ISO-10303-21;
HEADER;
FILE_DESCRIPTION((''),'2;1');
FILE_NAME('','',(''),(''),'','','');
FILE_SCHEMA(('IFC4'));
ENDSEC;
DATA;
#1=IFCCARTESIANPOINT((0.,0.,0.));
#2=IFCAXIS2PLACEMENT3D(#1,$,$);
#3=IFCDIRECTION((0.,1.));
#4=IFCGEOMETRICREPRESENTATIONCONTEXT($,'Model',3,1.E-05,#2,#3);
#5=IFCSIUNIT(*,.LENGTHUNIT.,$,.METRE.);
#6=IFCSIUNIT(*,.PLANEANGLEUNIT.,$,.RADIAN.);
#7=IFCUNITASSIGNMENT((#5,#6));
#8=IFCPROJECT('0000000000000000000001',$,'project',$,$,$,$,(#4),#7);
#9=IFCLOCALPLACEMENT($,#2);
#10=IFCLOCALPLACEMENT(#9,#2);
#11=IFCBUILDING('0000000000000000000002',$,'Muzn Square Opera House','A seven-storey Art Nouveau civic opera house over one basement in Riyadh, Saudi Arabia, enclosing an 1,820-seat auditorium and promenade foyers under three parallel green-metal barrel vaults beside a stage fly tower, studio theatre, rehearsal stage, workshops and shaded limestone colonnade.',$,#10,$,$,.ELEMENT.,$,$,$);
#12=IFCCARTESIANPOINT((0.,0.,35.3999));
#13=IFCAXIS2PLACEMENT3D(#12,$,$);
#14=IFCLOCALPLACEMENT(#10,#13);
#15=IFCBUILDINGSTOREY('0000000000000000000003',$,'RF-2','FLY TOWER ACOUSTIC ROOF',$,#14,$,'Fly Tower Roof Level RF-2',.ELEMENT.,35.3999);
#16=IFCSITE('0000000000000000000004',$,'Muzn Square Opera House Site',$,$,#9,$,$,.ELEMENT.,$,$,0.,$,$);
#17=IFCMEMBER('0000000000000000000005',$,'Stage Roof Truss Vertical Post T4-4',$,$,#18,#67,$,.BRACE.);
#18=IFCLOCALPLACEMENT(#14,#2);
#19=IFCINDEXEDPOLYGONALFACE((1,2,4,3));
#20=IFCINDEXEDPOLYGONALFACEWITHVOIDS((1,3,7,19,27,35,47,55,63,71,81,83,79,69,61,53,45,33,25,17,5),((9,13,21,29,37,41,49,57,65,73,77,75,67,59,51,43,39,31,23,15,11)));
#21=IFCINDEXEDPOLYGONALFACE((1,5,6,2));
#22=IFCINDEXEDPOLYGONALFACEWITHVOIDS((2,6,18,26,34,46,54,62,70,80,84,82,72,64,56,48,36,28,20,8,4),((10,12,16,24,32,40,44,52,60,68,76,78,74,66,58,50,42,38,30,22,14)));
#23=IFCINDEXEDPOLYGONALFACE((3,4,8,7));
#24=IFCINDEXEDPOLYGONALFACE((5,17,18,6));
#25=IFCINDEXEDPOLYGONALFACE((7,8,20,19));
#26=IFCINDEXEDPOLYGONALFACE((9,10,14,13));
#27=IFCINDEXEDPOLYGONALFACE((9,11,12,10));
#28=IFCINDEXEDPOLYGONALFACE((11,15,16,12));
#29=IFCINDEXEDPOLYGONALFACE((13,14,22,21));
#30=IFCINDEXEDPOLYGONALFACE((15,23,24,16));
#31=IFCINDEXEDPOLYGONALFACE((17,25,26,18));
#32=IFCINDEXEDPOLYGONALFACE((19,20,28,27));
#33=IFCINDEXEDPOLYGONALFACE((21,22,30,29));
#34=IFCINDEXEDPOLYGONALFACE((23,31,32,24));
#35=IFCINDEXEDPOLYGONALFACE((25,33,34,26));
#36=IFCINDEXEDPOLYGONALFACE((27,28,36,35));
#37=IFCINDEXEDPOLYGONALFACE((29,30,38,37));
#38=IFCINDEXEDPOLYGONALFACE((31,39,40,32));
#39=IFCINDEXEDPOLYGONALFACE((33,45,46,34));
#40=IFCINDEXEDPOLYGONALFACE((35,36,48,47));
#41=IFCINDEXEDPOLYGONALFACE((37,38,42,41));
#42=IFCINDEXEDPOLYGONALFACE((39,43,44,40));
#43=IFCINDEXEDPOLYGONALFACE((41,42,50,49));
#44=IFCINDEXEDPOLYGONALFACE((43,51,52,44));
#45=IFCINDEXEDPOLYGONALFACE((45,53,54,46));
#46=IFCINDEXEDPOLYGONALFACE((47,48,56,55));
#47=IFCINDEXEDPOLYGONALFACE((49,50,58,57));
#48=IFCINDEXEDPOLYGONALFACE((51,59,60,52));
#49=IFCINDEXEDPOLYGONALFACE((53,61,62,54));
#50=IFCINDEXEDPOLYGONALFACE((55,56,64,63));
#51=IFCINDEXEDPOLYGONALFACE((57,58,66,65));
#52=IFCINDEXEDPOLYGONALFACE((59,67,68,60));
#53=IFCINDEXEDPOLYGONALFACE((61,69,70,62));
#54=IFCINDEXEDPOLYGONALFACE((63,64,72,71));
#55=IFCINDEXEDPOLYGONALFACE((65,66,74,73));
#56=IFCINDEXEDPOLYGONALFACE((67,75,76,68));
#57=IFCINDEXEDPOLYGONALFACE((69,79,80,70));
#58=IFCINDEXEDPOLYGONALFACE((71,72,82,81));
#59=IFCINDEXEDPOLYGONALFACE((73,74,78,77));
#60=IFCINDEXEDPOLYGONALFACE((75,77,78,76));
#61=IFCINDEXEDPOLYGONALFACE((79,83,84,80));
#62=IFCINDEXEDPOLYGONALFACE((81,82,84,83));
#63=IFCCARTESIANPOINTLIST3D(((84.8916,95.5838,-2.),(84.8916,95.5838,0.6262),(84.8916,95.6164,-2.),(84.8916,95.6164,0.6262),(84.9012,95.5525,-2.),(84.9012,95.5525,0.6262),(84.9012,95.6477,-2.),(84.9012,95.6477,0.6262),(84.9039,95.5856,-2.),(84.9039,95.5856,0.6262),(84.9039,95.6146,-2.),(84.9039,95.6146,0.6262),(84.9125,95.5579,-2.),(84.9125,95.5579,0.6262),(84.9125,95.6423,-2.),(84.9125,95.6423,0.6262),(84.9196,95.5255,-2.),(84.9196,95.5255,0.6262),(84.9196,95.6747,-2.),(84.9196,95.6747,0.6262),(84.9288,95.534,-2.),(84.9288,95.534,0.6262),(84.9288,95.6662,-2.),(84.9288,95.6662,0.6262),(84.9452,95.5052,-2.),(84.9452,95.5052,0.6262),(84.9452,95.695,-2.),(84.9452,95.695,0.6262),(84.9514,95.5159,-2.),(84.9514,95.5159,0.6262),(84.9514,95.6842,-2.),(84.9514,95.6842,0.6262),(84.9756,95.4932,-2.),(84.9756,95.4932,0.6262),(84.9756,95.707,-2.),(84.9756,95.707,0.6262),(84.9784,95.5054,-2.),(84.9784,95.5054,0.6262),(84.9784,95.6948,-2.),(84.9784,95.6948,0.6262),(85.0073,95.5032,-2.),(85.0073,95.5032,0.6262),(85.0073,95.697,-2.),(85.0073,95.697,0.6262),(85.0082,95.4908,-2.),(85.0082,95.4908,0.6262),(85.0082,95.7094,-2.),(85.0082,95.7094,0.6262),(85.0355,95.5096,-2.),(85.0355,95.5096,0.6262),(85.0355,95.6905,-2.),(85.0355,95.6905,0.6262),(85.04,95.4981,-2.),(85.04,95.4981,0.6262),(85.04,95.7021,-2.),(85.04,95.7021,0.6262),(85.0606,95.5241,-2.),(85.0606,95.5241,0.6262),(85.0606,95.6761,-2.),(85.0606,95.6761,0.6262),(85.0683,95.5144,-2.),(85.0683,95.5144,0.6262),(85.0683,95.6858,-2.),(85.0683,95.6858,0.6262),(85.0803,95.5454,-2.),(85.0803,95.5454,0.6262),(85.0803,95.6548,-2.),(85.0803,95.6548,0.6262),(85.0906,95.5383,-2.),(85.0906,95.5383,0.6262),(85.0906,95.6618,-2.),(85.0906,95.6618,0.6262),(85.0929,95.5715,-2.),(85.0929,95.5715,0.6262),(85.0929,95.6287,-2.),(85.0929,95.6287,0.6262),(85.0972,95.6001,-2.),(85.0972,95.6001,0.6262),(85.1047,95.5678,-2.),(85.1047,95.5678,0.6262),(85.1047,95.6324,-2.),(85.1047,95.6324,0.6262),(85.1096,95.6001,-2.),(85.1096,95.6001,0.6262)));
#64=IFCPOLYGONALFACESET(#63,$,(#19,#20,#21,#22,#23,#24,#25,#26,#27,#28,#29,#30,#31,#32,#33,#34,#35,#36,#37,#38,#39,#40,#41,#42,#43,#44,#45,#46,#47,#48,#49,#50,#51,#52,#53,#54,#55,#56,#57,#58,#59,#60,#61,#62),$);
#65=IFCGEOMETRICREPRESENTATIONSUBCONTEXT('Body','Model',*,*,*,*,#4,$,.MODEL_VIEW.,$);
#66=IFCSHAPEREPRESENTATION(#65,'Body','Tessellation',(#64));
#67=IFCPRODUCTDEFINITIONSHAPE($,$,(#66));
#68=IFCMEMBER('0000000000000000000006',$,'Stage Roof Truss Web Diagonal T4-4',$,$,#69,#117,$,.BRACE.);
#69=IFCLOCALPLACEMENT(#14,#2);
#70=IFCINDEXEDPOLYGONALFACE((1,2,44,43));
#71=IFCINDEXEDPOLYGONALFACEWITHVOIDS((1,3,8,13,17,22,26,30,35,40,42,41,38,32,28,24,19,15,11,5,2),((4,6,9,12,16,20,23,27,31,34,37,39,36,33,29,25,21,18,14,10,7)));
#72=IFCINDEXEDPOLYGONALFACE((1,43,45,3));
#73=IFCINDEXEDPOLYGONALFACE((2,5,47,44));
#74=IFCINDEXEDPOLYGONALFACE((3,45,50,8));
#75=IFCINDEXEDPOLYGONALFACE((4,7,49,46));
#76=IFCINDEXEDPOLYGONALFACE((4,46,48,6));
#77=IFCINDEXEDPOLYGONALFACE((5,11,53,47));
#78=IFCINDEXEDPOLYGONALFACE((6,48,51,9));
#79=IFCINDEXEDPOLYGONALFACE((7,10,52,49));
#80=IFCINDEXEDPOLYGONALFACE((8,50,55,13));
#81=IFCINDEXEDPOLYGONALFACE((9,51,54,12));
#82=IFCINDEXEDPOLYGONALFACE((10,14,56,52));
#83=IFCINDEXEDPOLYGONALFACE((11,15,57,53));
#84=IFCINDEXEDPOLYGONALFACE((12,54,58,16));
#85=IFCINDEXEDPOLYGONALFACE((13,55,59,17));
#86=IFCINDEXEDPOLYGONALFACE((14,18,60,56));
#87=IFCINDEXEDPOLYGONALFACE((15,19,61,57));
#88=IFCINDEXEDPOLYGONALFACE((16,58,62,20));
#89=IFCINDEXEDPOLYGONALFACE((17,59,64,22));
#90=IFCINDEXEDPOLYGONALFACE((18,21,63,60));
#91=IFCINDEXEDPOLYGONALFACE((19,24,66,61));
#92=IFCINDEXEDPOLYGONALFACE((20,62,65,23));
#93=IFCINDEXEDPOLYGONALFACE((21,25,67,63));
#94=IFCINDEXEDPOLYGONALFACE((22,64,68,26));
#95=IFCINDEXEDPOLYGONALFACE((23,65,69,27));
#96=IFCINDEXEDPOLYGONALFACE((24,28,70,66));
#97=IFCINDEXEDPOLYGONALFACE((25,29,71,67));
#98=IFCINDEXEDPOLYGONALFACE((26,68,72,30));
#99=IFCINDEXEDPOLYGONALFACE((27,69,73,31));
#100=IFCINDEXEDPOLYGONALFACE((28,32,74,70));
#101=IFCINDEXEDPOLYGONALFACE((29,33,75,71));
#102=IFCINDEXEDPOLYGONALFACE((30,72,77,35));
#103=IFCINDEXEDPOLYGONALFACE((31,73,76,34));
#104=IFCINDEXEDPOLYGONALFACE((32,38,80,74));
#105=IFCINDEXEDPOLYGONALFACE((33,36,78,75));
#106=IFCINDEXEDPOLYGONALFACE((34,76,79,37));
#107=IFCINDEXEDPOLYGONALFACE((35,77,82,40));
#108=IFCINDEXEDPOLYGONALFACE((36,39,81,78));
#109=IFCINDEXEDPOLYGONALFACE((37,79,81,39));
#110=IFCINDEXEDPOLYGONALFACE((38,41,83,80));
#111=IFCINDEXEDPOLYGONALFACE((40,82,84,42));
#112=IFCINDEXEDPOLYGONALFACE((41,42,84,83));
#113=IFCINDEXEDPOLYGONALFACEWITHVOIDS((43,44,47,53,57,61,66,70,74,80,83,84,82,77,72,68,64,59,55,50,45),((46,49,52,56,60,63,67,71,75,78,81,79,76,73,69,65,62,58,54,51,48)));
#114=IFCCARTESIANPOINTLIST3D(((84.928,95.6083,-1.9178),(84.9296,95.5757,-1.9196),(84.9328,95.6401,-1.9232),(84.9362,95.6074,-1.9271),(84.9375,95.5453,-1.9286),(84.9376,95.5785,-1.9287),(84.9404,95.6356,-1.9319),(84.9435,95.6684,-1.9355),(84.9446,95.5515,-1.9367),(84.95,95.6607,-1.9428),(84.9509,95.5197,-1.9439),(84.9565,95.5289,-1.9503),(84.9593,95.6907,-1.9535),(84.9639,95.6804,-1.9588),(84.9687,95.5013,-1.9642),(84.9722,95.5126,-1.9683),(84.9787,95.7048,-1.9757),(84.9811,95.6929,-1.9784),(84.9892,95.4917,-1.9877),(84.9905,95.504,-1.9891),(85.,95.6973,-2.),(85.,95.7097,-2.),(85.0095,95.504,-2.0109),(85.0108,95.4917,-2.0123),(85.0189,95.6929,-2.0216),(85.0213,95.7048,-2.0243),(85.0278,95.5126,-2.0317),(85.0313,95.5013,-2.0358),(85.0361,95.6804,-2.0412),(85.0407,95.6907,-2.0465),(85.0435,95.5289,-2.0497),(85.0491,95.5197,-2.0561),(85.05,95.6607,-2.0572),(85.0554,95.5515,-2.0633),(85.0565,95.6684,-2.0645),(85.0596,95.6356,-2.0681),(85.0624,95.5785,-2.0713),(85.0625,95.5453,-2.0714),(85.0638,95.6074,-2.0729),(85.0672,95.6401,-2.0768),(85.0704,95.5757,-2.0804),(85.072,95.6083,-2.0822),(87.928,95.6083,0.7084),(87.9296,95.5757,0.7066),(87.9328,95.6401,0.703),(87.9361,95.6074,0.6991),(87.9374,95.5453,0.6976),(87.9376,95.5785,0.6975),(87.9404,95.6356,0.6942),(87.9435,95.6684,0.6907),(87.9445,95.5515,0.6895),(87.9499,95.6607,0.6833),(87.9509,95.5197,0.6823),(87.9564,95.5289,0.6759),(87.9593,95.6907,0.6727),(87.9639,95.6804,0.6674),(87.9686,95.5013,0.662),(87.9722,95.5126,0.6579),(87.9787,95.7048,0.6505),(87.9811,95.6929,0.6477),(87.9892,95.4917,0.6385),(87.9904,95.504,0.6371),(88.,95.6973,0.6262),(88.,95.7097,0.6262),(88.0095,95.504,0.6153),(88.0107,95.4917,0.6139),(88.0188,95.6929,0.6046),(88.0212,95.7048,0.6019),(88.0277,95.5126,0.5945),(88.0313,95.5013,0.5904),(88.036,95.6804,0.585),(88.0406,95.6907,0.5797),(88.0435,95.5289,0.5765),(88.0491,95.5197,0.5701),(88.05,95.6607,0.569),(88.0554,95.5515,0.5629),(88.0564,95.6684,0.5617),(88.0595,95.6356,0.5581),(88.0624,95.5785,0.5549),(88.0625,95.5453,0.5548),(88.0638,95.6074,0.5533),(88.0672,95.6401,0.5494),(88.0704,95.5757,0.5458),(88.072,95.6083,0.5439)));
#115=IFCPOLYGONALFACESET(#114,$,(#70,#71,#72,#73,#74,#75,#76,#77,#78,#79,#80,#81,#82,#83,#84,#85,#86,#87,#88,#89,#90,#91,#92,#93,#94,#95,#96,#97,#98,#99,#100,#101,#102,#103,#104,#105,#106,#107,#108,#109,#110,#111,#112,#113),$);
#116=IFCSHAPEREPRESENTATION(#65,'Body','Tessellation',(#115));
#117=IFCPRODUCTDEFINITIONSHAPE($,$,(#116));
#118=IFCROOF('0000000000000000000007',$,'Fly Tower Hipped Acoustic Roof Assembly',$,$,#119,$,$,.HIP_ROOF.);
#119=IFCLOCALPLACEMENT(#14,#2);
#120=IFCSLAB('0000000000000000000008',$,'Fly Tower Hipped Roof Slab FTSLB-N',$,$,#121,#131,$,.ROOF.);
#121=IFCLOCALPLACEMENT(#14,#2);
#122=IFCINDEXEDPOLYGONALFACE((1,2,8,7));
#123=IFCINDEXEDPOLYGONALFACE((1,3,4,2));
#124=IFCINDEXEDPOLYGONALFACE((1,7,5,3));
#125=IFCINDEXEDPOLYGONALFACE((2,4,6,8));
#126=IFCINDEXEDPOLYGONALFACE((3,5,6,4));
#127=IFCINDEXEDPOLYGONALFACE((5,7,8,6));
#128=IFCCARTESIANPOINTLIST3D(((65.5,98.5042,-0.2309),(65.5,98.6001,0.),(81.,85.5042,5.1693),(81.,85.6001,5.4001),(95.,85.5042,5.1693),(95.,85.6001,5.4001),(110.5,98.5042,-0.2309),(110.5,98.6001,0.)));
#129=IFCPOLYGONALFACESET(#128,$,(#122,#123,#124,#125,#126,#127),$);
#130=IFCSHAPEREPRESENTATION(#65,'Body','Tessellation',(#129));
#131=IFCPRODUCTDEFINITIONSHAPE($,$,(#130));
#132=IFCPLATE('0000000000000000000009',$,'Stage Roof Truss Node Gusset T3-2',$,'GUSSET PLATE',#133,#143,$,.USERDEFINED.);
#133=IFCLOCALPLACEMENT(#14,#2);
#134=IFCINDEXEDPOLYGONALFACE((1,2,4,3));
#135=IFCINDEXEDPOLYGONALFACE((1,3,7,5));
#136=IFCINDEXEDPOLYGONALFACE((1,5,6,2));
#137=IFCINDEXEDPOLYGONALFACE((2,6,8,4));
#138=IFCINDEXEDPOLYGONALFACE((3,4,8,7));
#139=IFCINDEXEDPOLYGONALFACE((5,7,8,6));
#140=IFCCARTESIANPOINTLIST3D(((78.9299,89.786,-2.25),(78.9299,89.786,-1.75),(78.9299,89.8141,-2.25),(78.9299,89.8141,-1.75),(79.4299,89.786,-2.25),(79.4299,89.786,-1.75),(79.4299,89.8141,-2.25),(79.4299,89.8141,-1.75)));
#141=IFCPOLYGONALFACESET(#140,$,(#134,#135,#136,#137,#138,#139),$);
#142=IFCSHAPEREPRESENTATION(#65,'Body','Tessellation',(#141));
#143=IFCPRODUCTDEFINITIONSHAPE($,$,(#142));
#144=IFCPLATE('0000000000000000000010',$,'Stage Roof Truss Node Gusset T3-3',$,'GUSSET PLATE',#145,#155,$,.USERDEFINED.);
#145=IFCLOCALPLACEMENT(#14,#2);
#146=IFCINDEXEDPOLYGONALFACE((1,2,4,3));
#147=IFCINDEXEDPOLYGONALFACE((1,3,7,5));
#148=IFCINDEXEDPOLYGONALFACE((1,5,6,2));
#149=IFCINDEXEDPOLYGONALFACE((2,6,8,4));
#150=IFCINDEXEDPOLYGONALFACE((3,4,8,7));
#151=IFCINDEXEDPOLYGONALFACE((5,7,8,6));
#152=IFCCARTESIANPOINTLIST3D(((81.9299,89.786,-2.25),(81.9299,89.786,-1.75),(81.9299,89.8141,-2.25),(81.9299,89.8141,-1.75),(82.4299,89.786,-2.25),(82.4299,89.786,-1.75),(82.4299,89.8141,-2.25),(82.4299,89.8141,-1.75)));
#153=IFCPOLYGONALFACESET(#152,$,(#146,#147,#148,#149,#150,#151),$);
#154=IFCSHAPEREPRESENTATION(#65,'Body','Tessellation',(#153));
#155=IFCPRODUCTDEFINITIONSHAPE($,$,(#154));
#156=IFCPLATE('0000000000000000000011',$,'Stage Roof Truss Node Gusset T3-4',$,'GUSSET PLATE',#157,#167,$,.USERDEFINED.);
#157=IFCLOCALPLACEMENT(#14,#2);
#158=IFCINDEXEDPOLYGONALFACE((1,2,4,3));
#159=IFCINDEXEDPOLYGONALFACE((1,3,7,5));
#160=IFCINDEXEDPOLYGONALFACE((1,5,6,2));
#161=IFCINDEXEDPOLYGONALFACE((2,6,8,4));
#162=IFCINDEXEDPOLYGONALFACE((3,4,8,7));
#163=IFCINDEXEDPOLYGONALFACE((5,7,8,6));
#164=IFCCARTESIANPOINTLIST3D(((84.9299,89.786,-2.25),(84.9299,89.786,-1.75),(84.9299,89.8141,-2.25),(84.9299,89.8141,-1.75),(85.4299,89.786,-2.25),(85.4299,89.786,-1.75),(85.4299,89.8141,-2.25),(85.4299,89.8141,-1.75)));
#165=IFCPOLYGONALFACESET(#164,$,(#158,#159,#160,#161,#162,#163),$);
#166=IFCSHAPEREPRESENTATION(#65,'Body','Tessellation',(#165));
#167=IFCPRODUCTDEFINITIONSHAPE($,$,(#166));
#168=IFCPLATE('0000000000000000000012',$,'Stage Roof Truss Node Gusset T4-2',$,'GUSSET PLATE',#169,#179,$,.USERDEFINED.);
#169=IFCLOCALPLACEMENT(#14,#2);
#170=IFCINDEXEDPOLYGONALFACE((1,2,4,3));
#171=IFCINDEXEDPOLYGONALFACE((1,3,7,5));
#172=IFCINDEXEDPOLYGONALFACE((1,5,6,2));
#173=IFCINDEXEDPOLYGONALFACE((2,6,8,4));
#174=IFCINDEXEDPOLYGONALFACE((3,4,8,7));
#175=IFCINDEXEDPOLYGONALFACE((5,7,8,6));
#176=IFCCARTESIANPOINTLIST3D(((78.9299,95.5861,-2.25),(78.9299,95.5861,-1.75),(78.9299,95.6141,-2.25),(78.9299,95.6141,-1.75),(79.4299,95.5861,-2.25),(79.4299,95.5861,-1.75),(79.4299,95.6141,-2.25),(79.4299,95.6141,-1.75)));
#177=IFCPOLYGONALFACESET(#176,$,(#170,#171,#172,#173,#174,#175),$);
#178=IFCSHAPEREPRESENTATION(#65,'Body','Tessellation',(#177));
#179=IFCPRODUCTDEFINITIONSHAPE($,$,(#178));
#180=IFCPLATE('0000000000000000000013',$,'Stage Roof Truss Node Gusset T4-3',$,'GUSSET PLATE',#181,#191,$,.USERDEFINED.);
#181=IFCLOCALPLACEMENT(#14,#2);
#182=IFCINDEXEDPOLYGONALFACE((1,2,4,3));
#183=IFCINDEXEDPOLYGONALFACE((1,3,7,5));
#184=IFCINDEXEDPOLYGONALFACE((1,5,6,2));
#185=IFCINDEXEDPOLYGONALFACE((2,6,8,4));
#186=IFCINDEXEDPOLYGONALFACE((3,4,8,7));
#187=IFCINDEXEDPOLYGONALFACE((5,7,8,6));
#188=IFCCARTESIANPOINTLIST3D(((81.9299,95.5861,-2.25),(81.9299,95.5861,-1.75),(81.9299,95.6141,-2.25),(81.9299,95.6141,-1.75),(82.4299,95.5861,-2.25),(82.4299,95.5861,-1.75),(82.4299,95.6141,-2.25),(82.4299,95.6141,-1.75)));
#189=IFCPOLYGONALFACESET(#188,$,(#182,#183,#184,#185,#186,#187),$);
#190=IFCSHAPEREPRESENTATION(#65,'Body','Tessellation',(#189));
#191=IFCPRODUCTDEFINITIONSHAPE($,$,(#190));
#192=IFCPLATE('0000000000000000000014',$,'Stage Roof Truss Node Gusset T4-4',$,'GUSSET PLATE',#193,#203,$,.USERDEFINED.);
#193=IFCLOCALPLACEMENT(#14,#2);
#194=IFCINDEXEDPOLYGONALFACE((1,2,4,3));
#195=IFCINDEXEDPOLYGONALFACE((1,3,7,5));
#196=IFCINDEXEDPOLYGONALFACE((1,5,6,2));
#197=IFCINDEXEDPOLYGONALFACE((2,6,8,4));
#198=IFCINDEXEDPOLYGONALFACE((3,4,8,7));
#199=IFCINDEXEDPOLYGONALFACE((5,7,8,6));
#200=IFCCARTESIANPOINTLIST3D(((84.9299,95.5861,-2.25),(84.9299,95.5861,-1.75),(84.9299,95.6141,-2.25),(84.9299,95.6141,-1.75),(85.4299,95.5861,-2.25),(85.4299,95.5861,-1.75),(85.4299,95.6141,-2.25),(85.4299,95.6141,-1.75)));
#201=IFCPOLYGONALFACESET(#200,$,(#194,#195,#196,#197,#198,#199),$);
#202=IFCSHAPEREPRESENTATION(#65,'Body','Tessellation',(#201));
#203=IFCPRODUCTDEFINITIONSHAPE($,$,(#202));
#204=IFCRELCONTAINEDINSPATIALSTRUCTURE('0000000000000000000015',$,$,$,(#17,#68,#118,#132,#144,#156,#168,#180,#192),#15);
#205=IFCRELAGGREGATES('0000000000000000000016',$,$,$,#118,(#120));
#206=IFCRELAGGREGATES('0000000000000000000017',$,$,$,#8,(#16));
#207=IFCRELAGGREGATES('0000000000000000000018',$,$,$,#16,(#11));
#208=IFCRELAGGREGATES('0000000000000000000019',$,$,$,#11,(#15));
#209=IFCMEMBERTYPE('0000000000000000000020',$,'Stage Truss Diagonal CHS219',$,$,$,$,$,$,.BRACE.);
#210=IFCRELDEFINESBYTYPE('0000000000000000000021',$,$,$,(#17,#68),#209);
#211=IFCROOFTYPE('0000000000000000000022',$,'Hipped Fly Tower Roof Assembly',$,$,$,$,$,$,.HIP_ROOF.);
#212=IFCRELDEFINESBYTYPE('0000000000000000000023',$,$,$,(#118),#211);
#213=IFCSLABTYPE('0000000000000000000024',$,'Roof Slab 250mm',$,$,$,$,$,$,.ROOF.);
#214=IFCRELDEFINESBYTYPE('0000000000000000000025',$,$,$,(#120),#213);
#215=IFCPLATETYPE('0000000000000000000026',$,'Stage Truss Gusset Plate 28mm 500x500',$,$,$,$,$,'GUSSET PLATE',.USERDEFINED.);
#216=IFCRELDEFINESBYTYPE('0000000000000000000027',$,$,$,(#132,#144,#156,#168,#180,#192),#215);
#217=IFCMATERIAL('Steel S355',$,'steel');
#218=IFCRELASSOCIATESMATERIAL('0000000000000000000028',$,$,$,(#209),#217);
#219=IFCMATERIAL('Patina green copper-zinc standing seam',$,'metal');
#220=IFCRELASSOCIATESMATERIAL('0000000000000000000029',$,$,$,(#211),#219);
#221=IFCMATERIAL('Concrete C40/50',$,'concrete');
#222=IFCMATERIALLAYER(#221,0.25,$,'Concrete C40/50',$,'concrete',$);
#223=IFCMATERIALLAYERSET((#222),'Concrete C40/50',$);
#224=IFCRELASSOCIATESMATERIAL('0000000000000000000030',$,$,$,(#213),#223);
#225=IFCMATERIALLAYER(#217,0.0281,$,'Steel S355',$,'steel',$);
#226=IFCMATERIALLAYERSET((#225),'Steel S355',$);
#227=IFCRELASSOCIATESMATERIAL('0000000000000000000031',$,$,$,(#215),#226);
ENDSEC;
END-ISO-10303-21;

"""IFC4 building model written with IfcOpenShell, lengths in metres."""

from ifc_helpers import new_model, si_unit, direction, frame, origin, origin_2d, place, context, subcontext, project, spatial, polyline, rectangle, hollow_circle, outline, extrude, material, layer, layer_set, material_profile, profile_set, type_object, element, aggregate, save


model = new_model("IFC4")

# Units and contexts
model_context = context("Model", 3, precision=1e-05, world=origin(), true_north=direction((0.0, 1.0)))
body_context = subcontext(model_context, "Body", "Model", "MODEL_VIEW")
ifc_project = project(units=[si_unit("LENGTHUNIT", "METRE"), si_unit("PLANEANGLEUNIT", "RADIAN")], contexts=[model_context])

# Site, building, storey
site_placement = place(None, origin())
site = spatial("IfcSite", under=ifc_project, at=site_placement, Name="Muzn Square Opera House Site", CompositionType="ELEMENT", RefElevation=0.0)
building_placement = place(site_placement, origin())
building = spatial("IfcBuilding", under=site, at=building_placement, Name="Muzn Square Opera House", Description="A seven-storey Art Nouveau civic opera house over one basement in Riyadh, Saudi Arabia, enclosing an 1,820-seat auditorium and promenade foyers under three parallel green-metal barrel vaults beside a stage fly tower, studio theatre, rehearsal stage, workshops and shaded limestone colonnade.", CompositionType="ELEMENT")
storey_placement = place(building_placement, frame((0.0, 0.0, 35.3999)))
storey = spatial("IfcBuildingStorey", under=building, at=storey_placement, Name="RF-2", Description="FLY TOWER ACOUSTIC ROOF", LongName="Fly Tower Roof Level RF-2", CompositionType="ELEMENT", Elevation=35.3999)

# Members
ifc_material_1 = material(Name="Steel S355", Category="steel")
ifc_material_profile_1 = material_profile(ifc_material_1, hollow_circle(Radius=0.1096, WallThickness=0.0125, at=origin_2d()), Name="CHS 219.1x12.5", Category="steel")
ifc_profile_set_1 = profile_set([ifc_material_profile_1], Name="Steel S355")
member_type_1 = type_object("IfcMemberType", Name="Stage Truss Diagonal CHS219", PredefinedType="BRACE", material=ifc_profile_set_1)
member_1_placement = place(storey_placement, frame((85.0, 95.6001, -2.0), z_axis=(0.0, 0.0, 1.0), x_axis=(1.0, 0.0, 0.0)))
element("IfcMember", 1, at=member_1_placement, inside=storey, type_object=member_type_1, Name="Stage Roof Truss Vertical Post T4-4", PredefinedType="BRACE", context=body_context, shape_type="SweptSolid", body=[
    extrude(hollow_circle(Radius=0.1096, WallThickness=0.0125, at=origin_2d()), origin(), (0.0, 0.0, 1.0), 2.6262),
])
member_2_placement = place(storey_placement, frame((85.0, 95.6001, -2.0), z_axis=(0.752425, 0.0, 0.658678), x_axis=(0.0, 1.0, 0.0)))
element("IfcMember", 2, at=member_2_placement, inside=storey, type_object=member_type_1, Name="Stage Roof Truss Web Diagonal T4-4", PredefinedType="BRACE", context=body_context, shape_type="SweptSolid", body=[
    extrude(hollow_circle(Radius=0.1096, WallThickness=0.0125, at=origin_2d()), origin(), (0.0, 0.0, 1.0), 3.9871),
])

# Roof, slab
ifc_material_2 = material(Name="Patina green copper-zinc standing seam", Category="metal")
roof_type = type_object("IfcRoofType", Name="Hipped Fly Tower Roof Assembly", PredefinedType="HIP_ROOF", material=ifc_material_2)
roof_placement = place(storey_placement, origin())
roof = element("IfcRoof", 3, at=roof_placement, inside=storey, type_object=roof_type, Name="Fly Tower Hipped Acoustic Roof Assembly", PredefinedType="HIP_ROOF")
ifc_material_3 = material(Name="Concrete C40/50", Category="concrete")
ifc_layer_1 = layer(ifc_material_3, 0.25, Name="Concrete C40/50", Category="concrete")
ifc_layer_set_1 = layer_set([ifc_layer_1], Name="Concrete C40/50")
slab_type = type_object("IfcSlabType", Name="Roof Slab 250mm", PredefinedType="ROOF", material=ifc_layer_set_1)
slab_placement = place(storey_placement, frame((81.0, 85.6001, 5.4001), z_axis=(0.0, 0.383615, 0.923493), x_axis=(1.0, 0.0, 0.0)))
slab = element("IfcSlab", 4, at=slab_placement, type_object=slab_type, Name="Fly Tower Hipped Roof Slab FTSLB-N", PredefinedType="ROOF", context=body_context, shape_type="SweptSolid", body=[
    extrude(outline(polyline([(29.5, 14.077), (-15.5, 14.077), (0.0, 0.0), (14.0, 0.0), (29.5, 14.077)])), origin(), (0.0, 0.0, -1.0), 0.25),
])
aggregate(roof, [slab])

# Plates
ifc_layer_2 = layer(ifc_material_1, 0.0281, Name="Steel S355", Category="steel")
ifc_layer_set_2 = layer_set([ifc_layer_2], Name="Steel S355")
plate_type = type_object("IfcPlateType", Name="Stage Truss Gusset Plate 28mm 500x500", ElementType="GUSSET PLATE", PredefinedType="USERDEFINED", material=ifc_layer_set_2)
for number, where, z_axis, x_axis, name in (
    (5, (79.1799, 89.8, -2.25), (0.0, 0.0, 1.0), (1.0, 0.0, 0.0), "Stage Roof Truss Node Gusset T3-2"),
    (6, (82.1799, 89.8, -2.25), (0.0, 0.0, 1.0), (1.0, 0.0, 0.0), "Stage Roof Truss Node Gusset T3-3"),
    (7, (85.1799, 89.8, -2.25), (0.0, 0.0, 1.0), (1.0, 0.0, 0.0), "Stage Roof Truss Node Gusset T3-4"),
    (8, (79.1799, 95.6001, -2.25), (0.0, 0.0, 1.0), (1.0, 0.0, 0.0), "Stage Roof Truss Node Gusset T4-2"),
    (9, (82.1799, 95.6001, -2.25), (0.0, 0.0, 1.0), (1.0, 0.0, 0.0), "Stage Roof Truss Node Gusset T4-3"),
    (10, (85.1799, 95.6001, -2.25), (0.0, 0.0, 1.0), (1.0, 0.0, 0.0), "Stage Roof Truss Node Gusset T4-4"),
):
    element("IfcPlate", number, at=place(storey_placement, frame(where, z_axis=z_axis, x_axis=x_axis)), inside=storey, type_object=plate_type, Name=name, ObjectType="GUSSET PLATE", PredefinedType="USERDEFINED", context=body_context, shape_type="SweptSolid", body=[
        extrude(rectangle(XDim=0.5, YDim=0.0281, at=origin_2d()), origin(), (0.0, 0.0, 1.0), 0.5),
    ])

save(model, "model.ifc")
